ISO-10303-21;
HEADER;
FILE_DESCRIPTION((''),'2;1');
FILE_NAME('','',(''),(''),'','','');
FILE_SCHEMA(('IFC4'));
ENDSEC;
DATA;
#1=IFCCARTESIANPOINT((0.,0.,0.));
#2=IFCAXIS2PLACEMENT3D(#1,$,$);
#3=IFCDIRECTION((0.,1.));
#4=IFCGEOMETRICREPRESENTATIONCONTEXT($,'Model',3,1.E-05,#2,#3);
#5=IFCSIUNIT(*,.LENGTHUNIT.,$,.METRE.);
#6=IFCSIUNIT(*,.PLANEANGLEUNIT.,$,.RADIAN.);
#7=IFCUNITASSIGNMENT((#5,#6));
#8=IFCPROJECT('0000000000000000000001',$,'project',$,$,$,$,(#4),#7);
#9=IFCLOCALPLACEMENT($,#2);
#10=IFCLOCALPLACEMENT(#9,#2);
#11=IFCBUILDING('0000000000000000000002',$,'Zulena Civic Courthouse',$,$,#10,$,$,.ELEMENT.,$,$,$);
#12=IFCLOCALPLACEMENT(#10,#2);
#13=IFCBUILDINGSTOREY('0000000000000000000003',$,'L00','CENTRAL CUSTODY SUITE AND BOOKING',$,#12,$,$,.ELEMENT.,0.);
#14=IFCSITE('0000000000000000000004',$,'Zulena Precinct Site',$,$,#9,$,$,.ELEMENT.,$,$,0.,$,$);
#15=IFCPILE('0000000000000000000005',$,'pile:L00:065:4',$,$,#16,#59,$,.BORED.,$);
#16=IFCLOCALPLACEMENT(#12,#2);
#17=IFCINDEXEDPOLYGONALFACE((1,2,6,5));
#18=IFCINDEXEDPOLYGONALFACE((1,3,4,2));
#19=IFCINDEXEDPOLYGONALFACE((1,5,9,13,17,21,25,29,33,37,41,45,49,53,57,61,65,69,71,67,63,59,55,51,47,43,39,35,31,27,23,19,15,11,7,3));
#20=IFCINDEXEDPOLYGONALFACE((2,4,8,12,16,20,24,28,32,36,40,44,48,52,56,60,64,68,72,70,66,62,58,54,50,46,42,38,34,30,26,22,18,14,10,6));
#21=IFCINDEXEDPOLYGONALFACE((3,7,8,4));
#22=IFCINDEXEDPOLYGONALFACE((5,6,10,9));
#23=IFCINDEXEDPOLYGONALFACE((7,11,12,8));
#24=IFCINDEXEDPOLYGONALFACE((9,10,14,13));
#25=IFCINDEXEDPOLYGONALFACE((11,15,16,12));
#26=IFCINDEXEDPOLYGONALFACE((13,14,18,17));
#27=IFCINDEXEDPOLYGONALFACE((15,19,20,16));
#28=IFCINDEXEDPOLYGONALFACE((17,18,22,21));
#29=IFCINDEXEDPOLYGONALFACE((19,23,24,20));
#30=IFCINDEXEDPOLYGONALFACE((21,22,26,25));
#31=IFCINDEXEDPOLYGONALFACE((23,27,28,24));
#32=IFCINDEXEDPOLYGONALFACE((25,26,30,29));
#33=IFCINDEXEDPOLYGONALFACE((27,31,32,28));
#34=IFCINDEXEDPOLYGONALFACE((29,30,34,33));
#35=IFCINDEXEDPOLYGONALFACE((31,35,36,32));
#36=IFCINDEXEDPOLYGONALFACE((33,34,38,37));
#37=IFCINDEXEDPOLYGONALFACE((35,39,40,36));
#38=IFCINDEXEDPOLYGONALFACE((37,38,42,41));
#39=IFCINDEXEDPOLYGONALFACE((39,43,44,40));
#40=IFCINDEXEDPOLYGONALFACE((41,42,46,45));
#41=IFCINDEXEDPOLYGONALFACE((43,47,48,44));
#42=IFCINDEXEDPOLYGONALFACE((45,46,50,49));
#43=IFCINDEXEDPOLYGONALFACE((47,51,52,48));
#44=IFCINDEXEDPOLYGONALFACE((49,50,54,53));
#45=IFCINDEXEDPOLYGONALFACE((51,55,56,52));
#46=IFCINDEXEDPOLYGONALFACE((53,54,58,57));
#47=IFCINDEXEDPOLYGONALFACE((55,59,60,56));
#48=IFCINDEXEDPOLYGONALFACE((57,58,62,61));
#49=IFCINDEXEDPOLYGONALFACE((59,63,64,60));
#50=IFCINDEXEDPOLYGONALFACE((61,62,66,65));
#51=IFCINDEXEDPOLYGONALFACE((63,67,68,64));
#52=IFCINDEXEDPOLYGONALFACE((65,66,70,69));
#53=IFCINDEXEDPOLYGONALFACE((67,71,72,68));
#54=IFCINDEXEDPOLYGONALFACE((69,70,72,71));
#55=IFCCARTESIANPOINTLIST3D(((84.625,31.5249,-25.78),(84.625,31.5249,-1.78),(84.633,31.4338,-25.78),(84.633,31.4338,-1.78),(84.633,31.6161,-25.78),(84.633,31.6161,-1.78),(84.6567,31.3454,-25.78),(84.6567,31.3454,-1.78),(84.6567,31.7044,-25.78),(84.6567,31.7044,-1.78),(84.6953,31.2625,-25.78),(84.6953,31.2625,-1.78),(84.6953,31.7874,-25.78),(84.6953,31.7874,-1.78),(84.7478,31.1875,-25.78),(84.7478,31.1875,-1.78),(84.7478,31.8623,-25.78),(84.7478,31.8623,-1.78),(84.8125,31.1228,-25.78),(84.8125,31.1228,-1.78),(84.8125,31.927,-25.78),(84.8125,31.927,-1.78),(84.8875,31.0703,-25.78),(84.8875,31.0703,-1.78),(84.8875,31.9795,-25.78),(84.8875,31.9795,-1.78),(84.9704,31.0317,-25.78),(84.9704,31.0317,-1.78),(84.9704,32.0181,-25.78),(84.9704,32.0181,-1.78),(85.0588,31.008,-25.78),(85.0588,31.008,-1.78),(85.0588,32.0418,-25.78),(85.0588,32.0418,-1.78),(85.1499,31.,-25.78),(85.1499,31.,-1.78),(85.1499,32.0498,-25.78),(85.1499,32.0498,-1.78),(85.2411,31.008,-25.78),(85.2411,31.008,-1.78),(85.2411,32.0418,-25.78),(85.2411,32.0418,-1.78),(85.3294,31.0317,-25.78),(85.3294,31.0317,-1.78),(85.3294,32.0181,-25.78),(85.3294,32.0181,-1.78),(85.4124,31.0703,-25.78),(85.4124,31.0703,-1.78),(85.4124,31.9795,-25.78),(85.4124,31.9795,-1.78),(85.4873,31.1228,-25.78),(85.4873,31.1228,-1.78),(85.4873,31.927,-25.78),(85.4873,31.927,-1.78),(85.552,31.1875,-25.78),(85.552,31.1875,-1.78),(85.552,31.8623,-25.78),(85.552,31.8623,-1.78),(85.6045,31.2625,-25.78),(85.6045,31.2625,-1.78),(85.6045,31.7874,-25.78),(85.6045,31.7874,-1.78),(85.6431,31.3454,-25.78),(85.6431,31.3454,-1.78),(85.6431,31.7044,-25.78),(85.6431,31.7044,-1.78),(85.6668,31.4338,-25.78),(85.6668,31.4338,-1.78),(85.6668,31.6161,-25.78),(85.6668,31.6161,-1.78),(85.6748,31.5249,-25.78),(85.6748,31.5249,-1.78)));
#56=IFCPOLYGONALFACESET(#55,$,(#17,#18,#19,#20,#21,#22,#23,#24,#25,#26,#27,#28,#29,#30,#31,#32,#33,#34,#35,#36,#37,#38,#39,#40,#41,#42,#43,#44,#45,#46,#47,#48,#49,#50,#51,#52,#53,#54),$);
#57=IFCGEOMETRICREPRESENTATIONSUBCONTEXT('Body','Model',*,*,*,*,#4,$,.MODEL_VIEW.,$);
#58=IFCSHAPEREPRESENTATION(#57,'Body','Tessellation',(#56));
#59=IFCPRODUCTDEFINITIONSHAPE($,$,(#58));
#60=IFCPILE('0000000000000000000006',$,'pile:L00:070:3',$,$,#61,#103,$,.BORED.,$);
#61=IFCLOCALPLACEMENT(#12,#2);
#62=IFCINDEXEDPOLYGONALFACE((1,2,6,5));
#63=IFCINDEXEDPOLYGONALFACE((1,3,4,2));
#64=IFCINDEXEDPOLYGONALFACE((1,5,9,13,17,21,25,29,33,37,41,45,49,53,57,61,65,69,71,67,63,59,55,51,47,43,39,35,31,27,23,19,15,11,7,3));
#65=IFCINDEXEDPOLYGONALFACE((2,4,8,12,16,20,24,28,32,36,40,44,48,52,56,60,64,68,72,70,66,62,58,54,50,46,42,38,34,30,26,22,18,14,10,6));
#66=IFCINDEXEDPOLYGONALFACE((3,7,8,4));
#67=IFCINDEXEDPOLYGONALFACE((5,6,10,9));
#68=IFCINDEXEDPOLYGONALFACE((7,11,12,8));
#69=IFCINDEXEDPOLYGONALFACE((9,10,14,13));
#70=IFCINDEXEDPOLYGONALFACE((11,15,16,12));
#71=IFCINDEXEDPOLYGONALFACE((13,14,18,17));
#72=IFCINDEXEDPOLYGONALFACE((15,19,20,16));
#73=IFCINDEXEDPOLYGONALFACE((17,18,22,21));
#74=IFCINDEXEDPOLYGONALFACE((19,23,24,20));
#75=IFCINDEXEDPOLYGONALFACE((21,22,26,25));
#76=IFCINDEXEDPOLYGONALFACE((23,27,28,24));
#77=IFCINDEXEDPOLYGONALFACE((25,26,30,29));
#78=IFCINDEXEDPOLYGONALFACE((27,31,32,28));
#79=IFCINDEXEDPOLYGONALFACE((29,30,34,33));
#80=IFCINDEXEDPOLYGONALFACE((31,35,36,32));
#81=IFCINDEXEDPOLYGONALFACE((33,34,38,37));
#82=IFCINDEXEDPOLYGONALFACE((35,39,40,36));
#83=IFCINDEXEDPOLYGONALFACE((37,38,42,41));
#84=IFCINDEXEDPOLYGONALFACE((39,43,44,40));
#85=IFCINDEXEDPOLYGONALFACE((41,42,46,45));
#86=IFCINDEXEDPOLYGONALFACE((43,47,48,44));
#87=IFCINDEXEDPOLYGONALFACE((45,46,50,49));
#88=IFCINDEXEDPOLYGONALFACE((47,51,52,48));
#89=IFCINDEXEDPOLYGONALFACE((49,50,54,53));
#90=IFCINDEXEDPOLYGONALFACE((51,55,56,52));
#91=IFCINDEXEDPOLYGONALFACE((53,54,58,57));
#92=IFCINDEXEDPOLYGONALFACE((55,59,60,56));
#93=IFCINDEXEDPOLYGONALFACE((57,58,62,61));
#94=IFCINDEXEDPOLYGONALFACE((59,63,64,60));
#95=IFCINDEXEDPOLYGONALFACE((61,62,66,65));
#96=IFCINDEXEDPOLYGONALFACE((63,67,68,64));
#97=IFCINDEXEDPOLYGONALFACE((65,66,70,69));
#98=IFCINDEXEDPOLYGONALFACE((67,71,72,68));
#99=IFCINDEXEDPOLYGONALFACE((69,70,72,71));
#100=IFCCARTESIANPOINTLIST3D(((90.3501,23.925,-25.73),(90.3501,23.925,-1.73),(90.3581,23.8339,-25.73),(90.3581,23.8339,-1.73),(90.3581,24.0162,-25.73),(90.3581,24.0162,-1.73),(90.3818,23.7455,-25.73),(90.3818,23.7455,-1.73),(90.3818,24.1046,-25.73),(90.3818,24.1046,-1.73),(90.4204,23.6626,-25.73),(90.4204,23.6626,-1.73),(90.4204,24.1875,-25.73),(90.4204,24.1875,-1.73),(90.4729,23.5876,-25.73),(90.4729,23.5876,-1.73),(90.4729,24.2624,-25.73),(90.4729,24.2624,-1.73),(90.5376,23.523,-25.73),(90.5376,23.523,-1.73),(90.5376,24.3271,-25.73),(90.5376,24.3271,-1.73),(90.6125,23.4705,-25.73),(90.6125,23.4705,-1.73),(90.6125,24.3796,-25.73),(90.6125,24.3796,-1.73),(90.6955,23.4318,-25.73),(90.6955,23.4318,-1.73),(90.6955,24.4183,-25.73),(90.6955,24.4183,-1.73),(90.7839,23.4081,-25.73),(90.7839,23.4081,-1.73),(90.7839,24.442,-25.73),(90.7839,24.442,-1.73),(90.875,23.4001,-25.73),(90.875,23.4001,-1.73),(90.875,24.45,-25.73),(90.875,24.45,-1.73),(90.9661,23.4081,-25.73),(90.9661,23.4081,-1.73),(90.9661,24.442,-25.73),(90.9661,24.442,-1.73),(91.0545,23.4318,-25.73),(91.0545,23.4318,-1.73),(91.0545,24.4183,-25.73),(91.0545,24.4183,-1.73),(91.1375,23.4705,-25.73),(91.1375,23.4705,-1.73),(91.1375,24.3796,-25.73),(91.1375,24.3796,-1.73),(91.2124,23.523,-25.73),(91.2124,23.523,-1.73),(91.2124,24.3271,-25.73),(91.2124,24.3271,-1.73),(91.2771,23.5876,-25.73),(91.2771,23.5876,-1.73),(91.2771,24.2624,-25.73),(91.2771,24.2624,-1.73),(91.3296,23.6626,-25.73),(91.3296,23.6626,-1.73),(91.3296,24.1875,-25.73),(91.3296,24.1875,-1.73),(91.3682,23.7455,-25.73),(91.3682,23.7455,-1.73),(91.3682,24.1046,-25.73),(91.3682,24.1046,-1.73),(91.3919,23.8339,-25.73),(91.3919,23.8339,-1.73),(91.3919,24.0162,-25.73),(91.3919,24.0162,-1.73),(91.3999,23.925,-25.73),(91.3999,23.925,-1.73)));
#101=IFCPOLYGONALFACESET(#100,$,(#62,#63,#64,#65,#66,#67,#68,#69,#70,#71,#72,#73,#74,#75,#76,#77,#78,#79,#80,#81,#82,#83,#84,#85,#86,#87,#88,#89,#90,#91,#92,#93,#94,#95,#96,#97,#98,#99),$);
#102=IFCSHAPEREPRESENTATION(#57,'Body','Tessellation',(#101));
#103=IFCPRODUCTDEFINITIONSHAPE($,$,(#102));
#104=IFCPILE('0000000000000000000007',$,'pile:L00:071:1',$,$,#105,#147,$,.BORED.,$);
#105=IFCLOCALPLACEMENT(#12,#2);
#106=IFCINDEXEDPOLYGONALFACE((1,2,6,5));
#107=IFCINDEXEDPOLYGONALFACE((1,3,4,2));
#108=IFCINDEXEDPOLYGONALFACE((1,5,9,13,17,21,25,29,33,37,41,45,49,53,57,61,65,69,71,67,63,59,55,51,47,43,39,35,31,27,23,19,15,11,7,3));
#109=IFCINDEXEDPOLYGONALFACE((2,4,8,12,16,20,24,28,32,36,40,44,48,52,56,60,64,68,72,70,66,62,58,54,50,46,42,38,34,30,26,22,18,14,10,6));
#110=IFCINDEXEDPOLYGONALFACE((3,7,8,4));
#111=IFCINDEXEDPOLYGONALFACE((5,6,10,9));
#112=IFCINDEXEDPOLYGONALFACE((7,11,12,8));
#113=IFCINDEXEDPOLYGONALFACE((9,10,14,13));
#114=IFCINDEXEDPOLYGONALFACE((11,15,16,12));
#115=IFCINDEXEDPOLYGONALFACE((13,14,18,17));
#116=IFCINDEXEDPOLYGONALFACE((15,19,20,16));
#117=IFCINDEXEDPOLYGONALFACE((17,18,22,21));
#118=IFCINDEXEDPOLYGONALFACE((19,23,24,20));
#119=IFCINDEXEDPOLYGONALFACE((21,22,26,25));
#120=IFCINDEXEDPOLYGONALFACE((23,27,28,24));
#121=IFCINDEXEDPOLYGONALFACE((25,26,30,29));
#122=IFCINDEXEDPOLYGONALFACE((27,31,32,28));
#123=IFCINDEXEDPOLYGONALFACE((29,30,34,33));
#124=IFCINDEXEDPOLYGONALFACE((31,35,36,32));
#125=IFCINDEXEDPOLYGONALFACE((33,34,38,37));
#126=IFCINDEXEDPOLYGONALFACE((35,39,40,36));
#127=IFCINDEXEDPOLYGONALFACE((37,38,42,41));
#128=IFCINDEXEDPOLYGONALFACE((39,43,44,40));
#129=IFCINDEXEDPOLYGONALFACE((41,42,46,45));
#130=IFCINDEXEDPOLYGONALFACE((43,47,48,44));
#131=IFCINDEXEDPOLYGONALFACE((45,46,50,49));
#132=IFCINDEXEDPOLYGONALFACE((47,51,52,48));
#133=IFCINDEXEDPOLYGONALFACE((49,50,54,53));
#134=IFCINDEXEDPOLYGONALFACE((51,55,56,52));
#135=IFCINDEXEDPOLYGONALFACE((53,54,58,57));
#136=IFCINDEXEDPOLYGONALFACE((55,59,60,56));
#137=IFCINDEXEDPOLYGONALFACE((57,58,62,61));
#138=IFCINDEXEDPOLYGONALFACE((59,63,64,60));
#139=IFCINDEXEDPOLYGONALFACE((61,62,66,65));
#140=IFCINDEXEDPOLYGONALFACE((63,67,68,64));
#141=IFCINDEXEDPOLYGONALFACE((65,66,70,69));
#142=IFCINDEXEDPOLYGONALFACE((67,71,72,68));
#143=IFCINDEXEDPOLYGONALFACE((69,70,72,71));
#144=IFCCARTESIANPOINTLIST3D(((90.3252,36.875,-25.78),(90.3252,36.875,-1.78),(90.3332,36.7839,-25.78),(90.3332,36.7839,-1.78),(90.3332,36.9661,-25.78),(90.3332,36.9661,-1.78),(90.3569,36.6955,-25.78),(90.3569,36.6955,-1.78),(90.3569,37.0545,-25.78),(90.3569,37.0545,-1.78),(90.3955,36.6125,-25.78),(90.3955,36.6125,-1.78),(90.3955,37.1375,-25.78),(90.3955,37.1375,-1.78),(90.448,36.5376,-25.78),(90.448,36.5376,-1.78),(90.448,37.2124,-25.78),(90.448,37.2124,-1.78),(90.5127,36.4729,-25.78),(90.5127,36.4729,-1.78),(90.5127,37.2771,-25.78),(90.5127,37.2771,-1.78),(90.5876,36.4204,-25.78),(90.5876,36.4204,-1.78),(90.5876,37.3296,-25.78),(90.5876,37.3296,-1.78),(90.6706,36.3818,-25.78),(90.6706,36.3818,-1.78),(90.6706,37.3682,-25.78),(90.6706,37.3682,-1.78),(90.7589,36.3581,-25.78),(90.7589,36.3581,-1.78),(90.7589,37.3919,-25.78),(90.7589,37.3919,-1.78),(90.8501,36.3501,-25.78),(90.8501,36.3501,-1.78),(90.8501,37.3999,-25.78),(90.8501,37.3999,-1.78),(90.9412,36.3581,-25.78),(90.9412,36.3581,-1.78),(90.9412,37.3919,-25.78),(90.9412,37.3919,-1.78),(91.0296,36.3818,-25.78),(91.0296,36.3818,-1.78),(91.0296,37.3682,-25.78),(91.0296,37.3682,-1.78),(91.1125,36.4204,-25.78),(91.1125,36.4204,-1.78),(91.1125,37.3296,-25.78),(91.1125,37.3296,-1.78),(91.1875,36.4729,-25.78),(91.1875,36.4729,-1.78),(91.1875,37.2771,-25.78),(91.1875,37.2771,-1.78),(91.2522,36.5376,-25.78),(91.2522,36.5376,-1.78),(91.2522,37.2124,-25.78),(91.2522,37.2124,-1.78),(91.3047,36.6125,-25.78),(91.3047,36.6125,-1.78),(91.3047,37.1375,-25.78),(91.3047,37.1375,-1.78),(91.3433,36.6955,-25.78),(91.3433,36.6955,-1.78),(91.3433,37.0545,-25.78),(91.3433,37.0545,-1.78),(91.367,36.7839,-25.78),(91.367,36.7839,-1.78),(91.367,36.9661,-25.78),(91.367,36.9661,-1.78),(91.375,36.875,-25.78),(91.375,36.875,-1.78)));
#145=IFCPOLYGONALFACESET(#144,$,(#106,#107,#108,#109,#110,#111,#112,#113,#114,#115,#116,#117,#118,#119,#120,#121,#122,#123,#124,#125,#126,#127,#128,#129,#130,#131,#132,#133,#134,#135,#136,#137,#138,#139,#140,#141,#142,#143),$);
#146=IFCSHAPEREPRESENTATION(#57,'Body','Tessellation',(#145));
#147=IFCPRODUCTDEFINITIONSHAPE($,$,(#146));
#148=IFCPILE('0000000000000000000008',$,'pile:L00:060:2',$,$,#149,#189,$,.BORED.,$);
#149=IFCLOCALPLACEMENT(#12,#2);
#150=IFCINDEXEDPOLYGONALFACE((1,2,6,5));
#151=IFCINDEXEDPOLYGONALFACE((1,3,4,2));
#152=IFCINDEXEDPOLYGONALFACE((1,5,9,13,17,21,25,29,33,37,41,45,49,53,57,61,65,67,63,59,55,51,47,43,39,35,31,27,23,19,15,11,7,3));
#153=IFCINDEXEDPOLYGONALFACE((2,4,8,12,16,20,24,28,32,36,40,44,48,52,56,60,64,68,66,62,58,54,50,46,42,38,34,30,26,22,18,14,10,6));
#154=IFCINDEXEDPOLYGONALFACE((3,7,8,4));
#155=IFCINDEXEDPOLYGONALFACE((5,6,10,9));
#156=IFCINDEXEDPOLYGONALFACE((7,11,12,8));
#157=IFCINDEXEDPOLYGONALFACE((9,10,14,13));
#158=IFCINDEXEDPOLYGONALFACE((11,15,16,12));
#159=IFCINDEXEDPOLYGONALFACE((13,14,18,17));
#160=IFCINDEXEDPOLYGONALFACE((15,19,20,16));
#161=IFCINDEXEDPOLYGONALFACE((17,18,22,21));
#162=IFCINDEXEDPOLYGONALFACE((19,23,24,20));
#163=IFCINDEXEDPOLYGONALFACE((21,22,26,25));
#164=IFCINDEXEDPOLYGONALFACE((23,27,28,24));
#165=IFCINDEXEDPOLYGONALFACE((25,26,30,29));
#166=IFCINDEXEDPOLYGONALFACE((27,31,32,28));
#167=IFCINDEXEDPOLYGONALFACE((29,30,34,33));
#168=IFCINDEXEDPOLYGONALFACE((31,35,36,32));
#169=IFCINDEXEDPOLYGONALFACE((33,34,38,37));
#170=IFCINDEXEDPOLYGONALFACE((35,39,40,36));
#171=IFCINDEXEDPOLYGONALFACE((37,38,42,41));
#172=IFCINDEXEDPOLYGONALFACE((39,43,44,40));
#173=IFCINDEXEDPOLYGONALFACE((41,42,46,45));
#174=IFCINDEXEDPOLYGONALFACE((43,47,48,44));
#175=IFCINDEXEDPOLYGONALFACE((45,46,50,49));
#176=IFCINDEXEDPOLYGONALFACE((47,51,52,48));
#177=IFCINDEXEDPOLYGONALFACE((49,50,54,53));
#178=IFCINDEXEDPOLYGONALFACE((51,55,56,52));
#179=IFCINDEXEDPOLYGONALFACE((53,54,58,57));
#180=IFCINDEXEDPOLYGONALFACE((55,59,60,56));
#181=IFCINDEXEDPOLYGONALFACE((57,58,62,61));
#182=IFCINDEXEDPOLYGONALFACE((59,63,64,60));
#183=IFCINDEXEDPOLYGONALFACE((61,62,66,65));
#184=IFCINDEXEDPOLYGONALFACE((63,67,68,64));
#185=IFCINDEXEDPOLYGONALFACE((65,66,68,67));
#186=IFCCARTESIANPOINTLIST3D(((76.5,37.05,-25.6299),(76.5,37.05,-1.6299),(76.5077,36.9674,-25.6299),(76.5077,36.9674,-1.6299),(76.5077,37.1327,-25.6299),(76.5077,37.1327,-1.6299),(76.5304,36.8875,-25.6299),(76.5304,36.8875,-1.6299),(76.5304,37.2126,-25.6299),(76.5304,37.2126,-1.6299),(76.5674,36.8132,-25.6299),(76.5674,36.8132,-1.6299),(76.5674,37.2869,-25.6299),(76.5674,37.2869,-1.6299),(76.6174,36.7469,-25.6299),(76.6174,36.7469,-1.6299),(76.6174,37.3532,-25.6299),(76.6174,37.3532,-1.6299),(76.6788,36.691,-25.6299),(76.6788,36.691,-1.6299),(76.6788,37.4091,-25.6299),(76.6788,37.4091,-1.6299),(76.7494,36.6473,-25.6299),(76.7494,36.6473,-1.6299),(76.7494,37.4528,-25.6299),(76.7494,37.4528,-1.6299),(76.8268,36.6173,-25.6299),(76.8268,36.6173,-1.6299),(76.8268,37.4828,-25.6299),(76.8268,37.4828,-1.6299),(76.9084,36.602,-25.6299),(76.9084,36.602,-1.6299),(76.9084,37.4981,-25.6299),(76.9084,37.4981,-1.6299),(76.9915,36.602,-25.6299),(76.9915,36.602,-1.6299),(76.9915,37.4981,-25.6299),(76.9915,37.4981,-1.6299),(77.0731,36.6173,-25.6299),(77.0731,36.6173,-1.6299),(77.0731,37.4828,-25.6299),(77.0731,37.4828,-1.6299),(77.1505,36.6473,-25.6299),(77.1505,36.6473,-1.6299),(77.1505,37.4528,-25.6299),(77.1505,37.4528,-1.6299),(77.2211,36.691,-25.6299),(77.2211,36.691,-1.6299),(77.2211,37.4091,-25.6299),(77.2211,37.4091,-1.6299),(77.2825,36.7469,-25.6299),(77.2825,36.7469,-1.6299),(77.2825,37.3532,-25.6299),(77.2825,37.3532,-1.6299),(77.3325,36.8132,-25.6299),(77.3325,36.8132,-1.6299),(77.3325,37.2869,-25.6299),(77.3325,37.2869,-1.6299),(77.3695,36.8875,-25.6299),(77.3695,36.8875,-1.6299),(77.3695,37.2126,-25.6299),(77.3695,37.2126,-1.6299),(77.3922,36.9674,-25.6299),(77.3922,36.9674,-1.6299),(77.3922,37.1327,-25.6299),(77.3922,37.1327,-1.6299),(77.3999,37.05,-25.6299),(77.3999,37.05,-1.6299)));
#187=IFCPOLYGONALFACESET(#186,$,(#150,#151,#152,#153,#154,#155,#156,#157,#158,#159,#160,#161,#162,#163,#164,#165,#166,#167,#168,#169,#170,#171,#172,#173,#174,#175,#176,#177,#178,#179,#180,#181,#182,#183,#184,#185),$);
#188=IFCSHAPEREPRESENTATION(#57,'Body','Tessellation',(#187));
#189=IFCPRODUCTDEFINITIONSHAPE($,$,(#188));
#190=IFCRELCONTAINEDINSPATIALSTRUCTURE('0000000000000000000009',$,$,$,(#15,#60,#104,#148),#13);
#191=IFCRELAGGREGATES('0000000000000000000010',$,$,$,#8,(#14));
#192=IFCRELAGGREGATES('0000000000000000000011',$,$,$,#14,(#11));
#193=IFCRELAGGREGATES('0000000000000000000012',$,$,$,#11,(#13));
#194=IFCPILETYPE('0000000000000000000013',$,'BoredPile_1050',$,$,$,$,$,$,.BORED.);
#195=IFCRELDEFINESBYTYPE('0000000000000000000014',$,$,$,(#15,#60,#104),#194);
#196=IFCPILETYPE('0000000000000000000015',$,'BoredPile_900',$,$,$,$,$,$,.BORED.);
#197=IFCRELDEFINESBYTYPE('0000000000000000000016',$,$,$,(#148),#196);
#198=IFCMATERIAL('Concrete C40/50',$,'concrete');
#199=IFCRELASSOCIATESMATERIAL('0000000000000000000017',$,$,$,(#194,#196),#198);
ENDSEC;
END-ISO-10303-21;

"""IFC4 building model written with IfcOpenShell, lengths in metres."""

from ifc_helpers import new_model, si_unit, direction, frame, origin, origin_2d, place, context, subcontext, project, spatial, circle, extrude, material, material_profile, profile_set, type_object, element, save


model = new_model("IFC4")

# Units and contexts
model_context = context("Model", 3, precision=1e-05, world=origin(), true_north=direction((0.0, 1.0)))
body_context = subcontext(model_context, "Body", "Model", "MODEL_VIEW")
ifc_project = project(units=[si_unit("LENGTHUNIT", "METRE"), si_unit("PLANEANGLEUNIT", "RADIAN")], contexts=[model_context])

# Site, building, storey
site_placement = place(None, origin())
site = spatial("IfcSite", under=ifc_project, at=site_placement, Name="Zulena Precinct Site", CompositionType="ELEMENT", RefElevation=0.0)
building_placement = place(site_placement, origin())
building = spatial("IfcBuilding", under=site, at=building_placement, Name="Zulena Civic Courthouse", CompositionType="ELEMENT")
storey_placement = place(building_placement, origin())
storey = spatial("IfcBuildingStorey", under=building, at=storey_placement, Name="L00", Description="CENTRAL CUSTODY SUITE AND BOOKING", CompositionType="ELEMENT", Elevation=0.0)

# Piles
ifc_material_1 = material(Name="Concrete C40/50", Category="concrete")
ifc_material_profile_1 = material_profile(ifc_material_1, circle(Radius=0.5249, at=origin_2d()), Name="PILE1050")
ifc_profile_set_1 = profile_set([ifc_material_profile_1], Name="Concrete C40/50")
pile_type_1 = type_object("IfcPileType", Name="BoredPile_1050", PredefinedType="BORED", material=ifc_profile_set_1)
for number, where, z_axis, x_axis, name in (
    (1, (85.1499, 31.5249, -1.78), (0.0, 0.0, -1.0), (1.0, 0.0, 0.0), "pile:L00:065:4"),
    (2, (90.875, 23.925, -1.73), (0.0, 0.0, -1.0), (1.0, 0.0, 0.0), "pile:L00:070:3"),
    (3, (90.8501, 36.875, -1.78), (0.0, 0.0, -1.0), (1.0, 0.0, 0.0), "pile:L00:071:1"),
):
    element("IfcPile", number, at=place(storey_placement, frame(where, z_axis=z_axis, x_axis=x_axis)), inside=storey, type_object=pile_type_1, Name=name, PredefinedType="BORED", context=body_context, shape_type="SweptSolid", body=[
        extrude(circle(Radius=0.5249, at=origin_2d()), origin(), (0.0, 0.0, 1.0), 24.0),
    ])
ifc_material_profile_2 = material_profile(ifc_material_1, circle(Radius=0.45, at=origin_2d()), Name="PILE900")
ifc_profile_set_2 = profile_set([ifc_material_profile_2], Name="Concrete C40/50")
pile_type_2 = type_object("IfcPileType", Name="BoredPile_900", PredefinedType="BORED", material=ifc_profile_set_2)
for number, where, z_axis, x_axis, name in (
    (4, (76.95, 37.05, -1.6299), (0.0, 0.0, -1.0), (1.0, 0.0, 0.0), "pile:L00:060:2"),
):
    element("IfcPile", number, at=place(storey_placement, frame(where, z_axis=z_axis, x_axis=x_axis)), inside=storey, type_object=pile_type_2, Name=name, PredefinedType="BORED", context=body_context, shape_type="SweptSolid", body=[
        extrude(circle(Radius=0.45, at=origin_2d()), origin(), (0.0, 0.0, 1.0), 24.0),
    ])

save(model, "model.ifc")
